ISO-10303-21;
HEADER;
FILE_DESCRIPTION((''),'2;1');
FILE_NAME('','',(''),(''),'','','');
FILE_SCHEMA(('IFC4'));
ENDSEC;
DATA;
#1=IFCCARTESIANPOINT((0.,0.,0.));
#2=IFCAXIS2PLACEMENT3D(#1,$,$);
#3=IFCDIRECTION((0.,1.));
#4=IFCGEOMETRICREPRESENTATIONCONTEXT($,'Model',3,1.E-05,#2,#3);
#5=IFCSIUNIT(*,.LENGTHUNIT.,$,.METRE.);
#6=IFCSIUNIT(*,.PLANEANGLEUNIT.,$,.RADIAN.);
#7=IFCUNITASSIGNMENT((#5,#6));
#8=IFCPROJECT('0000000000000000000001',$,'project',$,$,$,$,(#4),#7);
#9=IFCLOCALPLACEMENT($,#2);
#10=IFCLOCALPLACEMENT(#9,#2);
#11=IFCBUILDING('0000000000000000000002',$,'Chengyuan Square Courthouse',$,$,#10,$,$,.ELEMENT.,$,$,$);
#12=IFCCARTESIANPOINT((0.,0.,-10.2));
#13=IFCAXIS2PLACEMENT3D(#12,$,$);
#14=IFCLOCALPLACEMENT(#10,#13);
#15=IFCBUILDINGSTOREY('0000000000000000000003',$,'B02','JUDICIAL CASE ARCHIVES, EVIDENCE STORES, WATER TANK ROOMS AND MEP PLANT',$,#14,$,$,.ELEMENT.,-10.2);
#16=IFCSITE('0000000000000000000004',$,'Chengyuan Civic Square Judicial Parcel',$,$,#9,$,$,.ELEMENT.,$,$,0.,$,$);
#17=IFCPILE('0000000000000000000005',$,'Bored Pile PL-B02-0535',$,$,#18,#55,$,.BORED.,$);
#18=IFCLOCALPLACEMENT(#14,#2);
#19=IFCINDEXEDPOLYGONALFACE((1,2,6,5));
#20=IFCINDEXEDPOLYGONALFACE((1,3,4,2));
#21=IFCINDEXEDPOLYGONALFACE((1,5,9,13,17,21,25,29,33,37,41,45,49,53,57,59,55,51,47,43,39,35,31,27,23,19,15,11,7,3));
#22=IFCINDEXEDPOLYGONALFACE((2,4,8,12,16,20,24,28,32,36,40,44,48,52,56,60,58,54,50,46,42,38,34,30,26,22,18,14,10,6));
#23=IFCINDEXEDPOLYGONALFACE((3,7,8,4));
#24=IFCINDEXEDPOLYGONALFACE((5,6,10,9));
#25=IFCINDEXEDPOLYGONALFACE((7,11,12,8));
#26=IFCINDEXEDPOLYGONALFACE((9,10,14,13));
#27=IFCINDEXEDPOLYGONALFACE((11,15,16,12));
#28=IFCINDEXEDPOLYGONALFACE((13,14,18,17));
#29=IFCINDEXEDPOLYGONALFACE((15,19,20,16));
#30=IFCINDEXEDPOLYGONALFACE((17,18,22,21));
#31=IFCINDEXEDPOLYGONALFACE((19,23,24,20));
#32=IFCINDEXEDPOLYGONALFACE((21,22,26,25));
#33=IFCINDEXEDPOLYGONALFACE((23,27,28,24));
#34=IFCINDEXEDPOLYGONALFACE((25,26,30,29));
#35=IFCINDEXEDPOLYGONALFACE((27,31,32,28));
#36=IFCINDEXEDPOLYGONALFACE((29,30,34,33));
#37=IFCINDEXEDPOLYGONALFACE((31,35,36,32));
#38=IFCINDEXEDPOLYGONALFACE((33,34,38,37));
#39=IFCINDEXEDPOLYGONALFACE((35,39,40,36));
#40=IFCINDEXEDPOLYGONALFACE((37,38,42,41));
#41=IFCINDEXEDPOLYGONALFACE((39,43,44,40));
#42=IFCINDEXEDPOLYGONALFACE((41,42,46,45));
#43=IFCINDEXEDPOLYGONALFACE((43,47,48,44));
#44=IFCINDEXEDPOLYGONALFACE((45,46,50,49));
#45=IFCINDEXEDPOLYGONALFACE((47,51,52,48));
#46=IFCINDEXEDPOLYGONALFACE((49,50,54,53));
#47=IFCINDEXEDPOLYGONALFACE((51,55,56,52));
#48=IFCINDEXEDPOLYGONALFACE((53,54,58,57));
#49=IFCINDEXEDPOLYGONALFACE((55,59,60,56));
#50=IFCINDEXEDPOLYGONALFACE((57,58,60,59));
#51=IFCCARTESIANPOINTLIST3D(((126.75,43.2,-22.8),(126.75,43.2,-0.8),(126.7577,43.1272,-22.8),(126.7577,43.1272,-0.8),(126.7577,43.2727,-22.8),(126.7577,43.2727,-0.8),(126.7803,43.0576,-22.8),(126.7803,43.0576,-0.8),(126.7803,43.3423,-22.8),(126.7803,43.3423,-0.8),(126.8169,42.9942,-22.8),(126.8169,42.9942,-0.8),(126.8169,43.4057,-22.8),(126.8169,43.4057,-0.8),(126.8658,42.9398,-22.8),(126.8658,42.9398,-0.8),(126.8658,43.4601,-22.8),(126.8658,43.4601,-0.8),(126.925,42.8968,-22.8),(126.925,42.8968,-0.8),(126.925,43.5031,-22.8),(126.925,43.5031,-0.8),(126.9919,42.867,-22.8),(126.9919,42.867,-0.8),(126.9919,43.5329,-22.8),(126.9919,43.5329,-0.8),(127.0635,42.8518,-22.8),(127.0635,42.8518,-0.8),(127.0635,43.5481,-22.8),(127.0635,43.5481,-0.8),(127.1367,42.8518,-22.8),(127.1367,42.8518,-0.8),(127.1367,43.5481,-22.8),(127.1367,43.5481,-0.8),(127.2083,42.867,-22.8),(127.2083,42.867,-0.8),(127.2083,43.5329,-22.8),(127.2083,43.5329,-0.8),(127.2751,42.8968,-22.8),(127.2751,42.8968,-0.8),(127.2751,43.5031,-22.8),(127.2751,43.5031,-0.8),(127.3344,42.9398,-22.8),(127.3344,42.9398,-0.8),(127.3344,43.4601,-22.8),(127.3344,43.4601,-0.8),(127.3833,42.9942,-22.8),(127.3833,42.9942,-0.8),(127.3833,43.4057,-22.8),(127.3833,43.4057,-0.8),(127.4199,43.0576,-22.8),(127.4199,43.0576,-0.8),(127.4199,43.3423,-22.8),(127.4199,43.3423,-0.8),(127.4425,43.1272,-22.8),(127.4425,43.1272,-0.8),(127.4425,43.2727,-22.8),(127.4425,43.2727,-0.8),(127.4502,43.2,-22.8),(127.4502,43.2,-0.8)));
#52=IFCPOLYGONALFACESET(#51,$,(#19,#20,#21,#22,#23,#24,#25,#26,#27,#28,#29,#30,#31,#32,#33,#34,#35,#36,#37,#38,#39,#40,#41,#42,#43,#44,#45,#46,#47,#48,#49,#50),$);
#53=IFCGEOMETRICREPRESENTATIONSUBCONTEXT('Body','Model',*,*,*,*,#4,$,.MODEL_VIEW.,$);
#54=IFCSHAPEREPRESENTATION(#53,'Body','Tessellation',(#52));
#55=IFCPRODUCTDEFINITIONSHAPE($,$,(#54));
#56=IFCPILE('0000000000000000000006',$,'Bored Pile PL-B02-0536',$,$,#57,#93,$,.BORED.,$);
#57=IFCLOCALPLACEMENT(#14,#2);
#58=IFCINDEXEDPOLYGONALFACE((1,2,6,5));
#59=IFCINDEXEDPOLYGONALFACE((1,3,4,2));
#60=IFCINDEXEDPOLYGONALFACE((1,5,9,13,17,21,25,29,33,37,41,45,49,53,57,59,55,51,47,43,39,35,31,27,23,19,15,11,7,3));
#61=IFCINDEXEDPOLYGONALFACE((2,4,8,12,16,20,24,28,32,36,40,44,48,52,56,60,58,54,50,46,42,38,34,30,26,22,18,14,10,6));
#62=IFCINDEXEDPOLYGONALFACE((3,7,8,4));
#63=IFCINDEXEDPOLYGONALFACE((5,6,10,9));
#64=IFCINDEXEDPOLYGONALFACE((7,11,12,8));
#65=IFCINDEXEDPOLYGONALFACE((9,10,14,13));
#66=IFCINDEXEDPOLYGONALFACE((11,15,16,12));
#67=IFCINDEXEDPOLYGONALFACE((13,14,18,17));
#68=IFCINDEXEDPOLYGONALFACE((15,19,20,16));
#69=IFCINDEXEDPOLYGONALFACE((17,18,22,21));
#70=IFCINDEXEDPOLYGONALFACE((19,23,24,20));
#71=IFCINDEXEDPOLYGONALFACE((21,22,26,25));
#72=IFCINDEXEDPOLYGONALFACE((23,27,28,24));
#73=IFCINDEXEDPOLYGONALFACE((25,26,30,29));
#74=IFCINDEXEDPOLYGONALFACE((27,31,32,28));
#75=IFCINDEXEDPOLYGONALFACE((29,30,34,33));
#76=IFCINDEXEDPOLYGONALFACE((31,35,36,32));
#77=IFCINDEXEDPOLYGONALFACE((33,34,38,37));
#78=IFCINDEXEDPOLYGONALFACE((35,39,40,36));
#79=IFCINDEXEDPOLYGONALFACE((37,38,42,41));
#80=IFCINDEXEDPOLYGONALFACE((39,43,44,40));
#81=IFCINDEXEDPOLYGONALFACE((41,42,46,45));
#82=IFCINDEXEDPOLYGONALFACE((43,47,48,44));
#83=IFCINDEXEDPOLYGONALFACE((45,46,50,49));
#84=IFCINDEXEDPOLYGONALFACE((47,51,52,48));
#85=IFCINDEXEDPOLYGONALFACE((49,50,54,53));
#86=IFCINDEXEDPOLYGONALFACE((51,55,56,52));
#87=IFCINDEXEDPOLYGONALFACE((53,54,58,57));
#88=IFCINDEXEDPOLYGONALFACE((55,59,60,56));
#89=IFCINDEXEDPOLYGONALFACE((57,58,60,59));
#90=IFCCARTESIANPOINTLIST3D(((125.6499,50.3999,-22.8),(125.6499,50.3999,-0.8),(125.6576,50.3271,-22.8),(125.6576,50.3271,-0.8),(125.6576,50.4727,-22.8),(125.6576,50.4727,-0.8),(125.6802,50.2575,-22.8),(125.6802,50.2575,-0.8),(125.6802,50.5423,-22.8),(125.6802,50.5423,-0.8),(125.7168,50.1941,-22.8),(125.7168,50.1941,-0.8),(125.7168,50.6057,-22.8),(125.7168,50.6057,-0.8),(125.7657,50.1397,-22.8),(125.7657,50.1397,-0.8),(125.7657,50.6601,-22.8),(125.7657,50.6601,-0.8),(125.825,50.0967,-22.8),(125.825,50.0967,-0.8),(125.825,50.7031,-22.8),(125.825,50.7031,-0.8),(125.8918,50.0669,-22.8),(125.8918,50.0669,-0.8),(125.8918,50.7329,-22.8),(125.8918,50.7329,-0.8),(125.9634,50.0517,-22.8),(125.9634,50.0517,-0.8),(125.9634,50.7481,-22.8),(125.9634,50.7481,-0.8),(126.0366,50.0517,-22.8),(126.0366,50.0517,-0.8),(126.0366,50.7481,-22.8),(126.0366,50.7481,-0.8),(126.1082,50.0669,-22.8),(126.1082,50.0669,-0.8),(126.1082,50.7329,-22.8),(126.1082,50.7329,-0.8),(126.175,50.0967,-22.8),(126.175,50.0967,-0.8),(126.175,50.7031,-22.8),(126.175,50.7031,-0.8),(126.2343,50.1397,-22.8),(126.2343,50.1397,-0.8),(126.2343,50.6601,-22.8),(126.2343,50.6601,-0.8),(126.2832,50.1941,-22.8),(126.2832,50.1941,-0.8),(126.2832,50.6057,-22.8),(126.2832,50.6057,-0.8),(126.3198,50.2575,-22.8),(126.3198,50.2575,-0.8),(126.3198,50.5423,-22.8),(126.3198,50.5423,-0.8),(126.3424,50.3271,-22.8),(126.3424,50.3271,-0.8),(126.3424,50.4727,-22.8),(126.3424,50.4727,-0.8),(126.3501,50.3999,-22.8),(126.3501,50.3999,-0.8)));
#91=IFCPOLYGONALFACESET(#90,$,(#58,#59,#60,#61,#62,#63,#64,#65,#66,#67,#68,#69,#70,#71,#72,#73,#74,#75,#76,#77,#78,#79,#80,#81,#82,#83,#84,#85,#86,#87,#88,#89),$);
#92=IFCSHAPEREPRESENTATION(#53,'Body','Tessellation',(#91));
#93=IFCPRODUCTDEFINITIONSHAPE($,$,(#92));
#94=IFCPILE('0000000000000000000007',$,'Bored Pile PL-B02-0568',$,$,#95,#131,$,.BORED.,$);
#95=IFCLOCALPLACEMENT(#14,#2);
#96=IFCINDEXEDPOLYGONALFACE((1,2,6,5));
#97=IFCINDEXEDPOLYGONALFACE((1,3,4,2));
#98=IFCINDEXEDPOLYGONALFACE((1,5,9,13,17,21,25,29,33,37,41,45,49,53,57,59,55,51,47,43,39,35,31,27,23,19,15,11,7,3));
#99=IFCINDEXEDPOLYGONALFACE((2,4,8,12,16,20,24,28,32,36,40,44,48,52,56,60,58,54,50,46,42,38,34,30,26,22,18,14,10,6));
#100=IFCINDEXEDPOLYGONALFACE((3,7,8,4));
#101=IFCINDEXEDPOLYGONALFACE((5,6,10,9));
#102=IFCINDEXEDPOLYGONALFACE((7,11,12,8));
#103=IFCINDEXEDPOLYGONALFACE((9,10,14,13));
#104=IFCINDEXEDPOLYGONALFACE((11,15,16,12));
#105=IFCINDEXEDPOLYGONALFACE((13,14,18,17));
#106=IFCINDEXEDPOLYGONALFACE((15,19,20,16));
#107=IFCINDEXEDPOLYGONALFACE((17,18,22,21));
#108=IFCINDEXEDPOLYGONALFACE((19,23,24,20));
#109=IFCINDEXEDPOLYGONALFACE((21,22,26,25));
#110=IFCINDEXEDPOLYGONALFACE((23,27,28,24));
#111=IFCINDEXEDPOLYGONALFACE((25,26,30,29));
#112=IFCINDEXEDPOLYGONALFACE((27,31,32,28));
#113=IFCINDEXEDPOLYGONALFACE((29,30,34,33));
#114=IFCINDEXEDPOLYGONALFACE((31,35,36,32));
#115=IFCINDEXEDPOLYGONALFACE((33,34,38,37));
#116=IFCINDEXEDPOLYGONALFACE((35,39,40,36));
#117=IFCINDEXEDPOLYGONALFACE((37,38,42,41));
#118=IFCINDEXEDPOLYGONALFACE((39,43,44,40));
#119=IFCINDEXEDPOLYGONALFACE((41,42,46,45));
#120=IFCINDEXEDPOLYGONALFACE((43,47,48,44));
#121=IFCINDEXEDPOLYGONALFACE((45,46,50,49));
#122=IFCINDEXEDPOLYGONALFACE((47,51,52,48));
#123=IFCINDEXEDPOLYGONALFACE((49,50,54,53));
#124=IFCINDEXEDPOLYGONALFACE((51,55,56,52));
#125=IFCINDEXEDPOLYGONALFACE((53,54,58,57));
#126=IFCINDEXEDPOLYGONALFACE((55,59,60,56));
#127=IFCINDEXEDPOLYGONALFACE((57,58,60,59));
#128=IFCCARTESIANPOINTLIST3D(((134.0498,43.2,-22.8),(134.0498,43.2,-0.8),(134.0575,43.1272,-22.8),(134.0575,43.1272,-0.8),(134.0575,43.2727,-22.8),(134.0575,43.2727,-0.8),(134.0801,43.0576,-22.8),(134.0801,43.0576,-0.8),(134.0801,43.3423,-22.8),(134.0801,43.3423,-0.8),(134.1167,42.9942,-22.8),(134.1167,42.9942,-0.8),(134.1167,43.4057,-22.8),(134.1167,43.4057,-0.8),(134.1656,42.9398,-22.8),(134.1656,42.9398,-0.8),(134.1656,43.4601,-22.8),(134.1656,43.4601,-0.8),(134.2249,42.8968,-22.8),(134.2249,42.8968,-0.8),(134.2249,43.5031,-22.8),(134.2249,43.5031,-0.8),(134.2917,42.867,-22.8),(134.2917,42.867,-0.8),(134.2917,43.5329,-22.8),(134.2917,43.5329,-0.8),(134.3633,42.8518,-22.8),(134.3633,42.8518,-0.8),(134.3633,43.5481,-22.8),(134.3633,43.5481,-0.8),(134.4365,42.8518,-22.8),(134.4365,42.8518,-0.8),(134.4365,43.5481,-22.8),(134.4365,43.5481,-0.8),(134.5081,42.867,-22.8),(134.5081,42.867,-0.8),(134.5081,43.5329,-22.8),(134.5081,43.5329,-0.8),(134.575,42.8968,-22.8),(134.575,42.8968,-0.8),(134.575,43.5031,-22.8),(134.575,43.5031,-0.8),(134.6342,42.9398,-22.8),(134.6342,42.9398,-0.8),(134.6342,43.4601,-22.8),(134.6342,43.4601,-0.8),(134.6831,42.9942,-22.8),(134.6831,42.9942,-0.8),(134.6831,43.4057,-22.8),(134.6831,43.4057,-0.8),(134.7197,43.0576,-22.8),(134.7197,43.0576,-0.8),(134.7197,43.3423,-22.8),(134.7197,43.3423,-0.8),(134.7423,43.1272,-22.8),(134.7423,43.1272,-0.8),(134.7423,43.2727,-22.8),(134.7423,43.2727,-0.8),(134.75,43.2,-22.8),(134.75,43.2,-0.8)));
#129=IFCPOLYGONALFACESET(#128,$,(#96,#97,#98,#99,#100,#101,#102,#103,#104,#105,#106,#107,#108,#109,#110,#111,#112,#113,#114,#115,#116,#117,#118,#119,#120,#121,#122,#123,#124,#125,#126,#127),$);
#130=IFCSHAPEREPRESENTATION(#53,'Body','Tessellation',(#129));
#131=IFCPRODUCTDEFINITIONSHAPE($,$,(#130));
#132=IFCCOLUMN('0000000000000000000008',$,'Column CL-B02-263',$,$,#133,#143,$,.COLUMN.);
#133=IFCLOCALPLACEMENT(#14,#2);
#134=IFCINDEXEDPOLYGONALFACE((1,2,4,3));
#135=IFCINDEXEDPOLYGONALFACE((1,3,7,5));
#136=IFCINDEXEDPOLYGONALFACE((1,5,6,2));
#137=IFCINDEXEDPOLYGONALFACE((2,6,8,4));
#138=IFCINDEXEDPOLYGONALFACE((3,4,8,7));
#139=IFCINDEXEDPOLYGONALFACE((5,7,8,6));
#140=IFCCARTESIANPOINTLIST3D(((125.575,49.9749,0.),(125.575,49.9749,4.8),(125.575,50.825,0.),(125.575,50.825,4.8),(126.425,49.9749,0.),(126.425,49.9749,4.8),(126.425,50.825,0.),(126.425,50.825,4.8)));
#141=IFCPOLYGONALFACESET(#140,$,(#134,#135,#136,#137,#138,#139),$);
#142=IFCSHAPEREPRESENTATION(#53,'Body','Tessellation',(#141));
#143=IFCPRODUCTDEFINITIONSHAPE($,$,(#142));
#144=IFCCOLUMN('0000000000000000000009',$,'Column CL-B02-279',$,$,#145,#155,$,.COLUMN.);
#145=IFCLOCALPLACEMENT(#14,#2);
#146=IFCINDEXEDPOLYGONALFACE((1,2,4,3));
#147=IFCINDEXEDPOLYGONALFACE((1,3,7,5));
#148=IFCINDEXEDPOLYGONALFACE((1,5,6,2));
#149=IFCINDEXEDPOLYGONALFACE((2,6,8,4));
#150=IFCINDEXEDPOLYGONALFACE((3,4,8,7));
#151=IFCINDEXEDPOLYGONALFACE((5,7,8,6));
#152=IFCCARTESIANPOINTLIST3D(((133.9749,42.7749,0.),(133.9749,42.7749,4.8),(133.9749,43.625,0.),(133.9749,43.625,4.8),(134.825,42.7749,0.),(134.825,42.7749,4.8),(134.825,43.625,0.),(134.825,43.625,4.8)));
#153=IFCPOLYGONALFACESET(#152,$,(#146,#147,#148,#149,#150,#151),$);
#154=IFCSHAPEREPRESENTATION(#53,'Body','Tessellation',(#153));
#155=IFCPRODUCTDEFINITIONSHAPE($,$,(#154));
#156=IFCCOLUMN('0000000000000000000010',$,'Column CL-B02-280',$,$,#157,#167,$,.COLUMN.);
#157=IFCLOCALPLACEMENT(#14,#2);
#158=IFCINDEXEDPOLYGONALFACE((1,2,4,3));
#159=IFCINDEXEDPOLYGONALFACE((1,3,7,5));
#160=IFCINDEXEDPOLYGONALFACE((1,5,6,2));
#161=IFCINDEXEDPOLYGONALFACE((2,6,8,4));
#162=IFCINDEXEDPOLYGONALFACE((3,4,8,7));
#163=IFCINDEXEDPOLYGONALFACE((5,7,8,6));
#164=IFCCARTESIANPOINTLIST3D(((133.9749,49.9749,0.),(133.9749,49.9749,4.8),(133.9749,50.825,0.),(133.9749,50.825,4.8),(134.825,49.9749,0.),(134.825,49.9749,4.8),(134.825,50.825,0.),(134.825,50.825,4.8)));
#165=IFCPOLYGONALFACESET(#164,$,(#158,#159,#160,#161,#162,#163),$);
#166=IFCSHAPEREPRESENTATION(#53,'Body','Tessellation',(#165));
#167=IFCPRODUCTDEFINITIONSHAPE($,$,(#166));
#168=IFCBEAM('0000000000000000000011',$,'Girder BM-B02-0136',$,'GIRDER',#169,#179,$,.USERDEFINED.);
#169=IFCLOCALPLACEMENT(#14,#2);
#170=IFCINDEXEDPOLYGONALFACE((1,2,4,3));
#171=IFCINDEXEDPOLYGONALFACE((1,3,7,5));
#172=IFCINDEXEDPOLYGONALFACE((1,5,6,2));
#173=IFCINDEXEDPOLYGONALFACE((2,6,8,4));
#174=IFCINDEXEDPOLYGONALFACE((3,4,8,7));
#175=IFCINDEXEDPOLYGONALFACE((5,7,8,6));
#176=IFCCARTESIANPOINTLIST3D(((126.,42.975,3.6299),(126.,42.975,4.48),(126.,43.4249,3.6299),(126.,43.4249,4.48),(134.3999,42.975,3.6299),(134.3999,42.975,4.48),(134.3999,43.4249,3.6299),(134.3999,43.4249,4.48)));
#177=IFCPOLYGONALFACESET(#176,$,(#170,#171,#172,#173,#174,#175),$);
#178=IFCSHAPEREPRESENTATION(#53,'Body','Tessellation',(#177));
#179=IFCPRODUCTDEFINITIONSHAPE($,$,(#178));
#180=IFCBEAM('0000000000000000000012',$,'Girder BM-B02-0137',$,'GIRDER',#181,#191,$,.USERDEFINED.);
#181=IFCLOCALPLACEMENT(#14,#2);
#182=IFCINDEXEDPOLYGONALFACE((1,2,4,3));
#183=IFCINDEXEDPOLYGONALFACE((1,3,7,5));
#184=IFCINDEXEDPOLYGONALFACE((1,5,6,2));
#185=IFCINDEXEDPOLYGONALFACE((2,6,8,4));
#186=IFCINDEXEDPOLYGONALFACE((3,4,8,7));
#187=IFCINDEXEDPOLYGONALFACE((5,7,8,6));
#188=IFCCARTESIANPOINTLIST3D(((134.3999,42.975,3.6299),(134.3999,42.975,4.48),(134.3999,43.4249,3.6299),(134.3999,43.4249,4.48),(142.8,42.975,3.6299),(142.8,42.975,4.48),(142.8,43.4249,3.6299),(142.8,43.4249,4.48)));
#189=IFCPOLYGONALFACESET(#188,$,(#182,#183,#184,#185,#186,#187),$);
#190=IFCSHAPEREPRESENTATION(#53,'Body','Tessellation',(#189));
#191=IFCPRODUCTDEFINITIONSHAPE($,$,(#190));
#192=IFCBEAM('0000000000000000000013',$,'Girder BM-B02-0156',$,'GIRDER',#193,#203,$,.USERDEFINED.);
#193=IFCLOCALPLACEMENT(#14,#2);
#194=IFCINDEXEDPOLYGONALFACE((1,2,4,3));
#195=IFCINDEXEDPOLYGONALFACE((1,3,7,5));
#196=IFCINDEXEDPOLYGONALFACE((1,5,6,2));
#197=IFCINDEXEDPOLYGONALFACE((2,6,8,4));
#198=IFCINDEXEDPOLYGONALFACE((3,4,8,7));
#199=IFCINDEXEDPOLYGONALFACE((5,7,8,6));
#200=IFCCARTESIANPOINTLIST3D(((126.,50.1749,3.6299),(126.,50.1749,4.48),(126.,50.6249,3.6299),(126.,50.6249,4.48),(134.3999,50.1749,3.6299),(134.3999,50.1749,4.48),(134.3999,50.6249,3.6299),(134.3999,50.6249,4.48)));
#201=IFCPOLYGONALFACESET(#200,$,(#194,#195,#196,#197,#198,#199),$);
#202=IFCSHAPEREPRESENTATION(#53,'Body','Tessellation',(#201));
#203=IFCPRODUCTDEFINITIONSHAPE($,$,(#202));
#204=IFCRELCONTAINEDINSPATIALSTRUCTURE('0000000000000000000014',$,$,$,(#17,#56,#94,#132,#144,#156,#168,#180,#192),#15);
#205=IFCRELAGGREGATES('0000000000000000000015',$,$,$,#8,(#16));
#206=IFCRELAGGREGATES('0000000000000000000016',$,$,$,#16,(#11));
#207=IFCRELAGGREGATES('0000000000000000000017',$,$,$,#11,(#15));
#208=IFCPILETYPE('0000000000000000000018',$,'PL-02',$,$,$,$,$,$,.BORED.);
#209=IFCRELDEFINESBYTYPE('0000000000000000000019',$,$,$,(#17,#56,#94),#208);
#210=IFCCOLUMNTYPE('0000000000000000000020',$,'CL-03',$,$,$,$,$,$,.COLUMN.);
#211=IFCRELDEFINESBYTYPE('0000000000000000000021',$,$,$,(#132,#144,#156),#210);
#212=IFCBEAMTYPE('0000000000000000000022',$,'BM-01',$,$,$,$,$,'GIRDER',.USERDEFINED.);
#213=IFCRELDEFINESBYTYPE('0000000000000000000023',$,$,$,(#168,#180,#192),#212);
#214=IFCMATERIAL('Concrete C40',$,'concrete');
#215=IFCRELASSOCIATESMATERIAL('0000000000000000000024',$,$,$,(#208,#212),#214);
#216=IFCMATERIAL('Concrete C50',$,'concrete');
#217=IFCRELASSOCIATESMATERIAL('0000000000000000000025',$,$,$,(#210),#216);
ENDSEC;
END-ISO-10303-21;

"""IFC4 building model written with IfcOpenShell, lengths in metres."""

from ifc_helpers import new_model, si_unit, direction, frame, origin, origin_2d, place, context, subcontext, project, spatial, rectangle, circle, extrude, material, material_profile, profile_set, type_object, element, save


model = new_model("IFC4")

# Units and contexts
model_context = context("Model", 3, precision=1e-05, world=origin(), true_north=direction((0.0, 1.0)))
body_context = subcontext(model_context, "Body", "Model", "MODEL_VIEW")
ifc_project = project(units=[si_unit("LENGTHUNIT", "METRE"), si_unit("PLANEANGLEUNIT", "RADIAN")], contexts=[model_context])

# Site, building, storey
site_placement = place(None, origin())
site = spatial("IfcSite", under=ifc_project, at=site_placement, Name="Chengyuan Civic Square Judicial Parcel", CompositionType="ELEMENT", RefElevation=0.0)
building_placement = place(site_placement, origin())
building = spatial("IfcBuilding", under=site, at=building_placement, Name="Chengyuan Square Courthouse", CompositionType="ELEMENT")
storey_placement = place(building_placement, frame((0.0, 0.0, -10.2)))
storey = spatial("IfcBuildingStorey", under=building, at=storey_placement, Name="B02", Description="JUDICIAL CASE ARCHIVES, EVIDENCE STORES, WATER TANK ROOMS AND MEP PLANT", CompositionType="ELEMENT", Elevation=-10.2)

# Shared definitions
ifc_material_1 = material(Name="Concrete C40", Category="concrete")

# Piles
ifc_material_profile_1 = material_profile(ifc_material_1, circle(Radius=0.3501, at=origin_2d()), Name="BORED PILE D700")
ifc_profile_set_1 = profile_set([ifc_material_profile_1], Name="Concrete C40")
pile_type_1 = type_object("IfcPileType", Name="PL-02", PredefinedType="BORED", material=ifc_profile_set_1)
for number, where, z_axis, x_axis, name in (
    (1, (127.1001, 43.2, -0.8), (0.0, 0.0, -1.0), (1.0, 0.0, 0.0), "Bored Pile PL-B02-0535"),
    (2, (126.0, 50.3999, -0.8), (0.0, 0.0, -1.0), (1.0, 0.0, 0.0), "Bored Pile PL-B02-0536"),
    (3, (134.3999, 43.2, -0.8), (0.0, 0.0, -1.0), (1.0, 0.0, 0.0), "Bored Pile PL-B02-0568"),
):
    element("IfcPile", number, at=place(storey_placement, frame(where, z_axis=z_axis, x_axis=x_axis)), inside=storey, type_object=pile_type_1, Name=name, PredefinedType="BORED", context=body_context, shape_type="SweptSolid", body=[
        extrude(circle(Radius=0.3501, at=origin_2d()), origin(), (0.0, 0.0, 1.0), 22.0),
    ])

# Columns
ifc_material_2 = material(Name="Concrete C50", Category="concrete")
ifc_material_profile_2 = material_profile(ifc_material_2, rectangle(XDim=0.8501, YDim=0.8501, at=origin_2d()), Name="RC-COL-850x850")
ifc_profile_set_2 = profile_set([ifc_material_profile_2], Name="Concrete C50")
column_type = type_object("IfcColumnType", Name="CL-03", PredefinedType="COLUMN", material=ifc_profile_set_2)
for number, where, z_axis, x_axis, name in (
    (4, (126.0, 50.3999, 0.0), (0.0, 0.0, 1.0), (1.0, 0.0, 0.0), "Column CL-B02-263"),
    (5, (134.3999, 43.2, 0.0), (0.0, 0.0, 1.0), (1.0, 0.0, 0.0), "Column CL-B02-279"),
    (6, (134.3999, 50.3999, 0.0), (0.0, 0.0, 1.0), (1.0, 0.0, 0.0), "Column CL-B02-280"),
):
    element("IfcColumn", number, at=place(storey_placement, frame(where, z_axis=z_axis, x_axis=x_axis)), inside=storey, type_object=column_type, Name=name, PredefinedType="COLUMN", context=body_context, shape_type="SweptSolid", body=[
        extrude(rectangle(XDim=0.8501, YDim=0.8501, at=origin_2d()), origin(), (0.0, 0.0, 1.0), 4.8),
    ])

# Beams
ifc_material_profile_3 = material_profile(ifc_material_1, rectangle(XDim=0.45, YDim=0.8501, at=origin_2d()), Name="RC-BM-450x850")
ifc_profile_set_3 = profile_set([ifc_material_profile_3], Name="Concrete C40")
beam_type_1 = type_object("IfcBeamType", Name="BM-01", ElementType="GIRDER", PredefinedType="USERDEFINED", material=ifc_profile_set_3)
beam_1_placement = place(storey_placement, frame((126.0, 43.2, 4.0549), z_axis=(1.0, 0.0, 0.0), x_axis=(0.0, 1.0, 0.0)))
element("IfcBeam", 7, at=beam_1_placement, inside=storey, type_object=beam_type_1, Name="Girder BM-B02-0136", ObjectType="GIRDER", PredefinedType="USERDEFINED", context=body_context, shape_type="SweptSolid", body=[
    extrude(rectangle(XDim=0.45, YDim=0.8501, at=origin_2d()), origin(), (0.0, 0.0, 1.0), 8.3999),
])
beam_2_placement = place(storey_placement, frame((134.3999, 43.2, 4.0549), z_axis=(1.0, 0.0, 0.0), x_axis=(0.0, 1.0, 0.0)))
element("IfcBeam", 8, at=beam_2_placement, inside=storey, type_object=beam_type_1, Name="Girder BM-B02-0137", ObjectType="GIRDER", PredefinedType="USERDEFINED", context=body_context, shape_type="SweptSolid", body=[
    extrude(rectangle(XDim=0.45, YDim=0.8501, at=origin_2d()), origin(), (0.0, 0.0, 1.0), 8.4001),
])
beam_3_placement = place(storey_placement, frame((126.0, 50.3999, 4.0549), z_axis=(1.0, 0.0, 0.0), x_axis=(0.0, 1.0, 0.0)))
element("IfcBeam", 9, at=beam_3_placement, inside=storey, type_object=beam_type_1, Name="Girder BM-B02-0156", ObjectType="GIRDER", PredefinedType="USERDEFINED", context=body_context, shape_type="SweptSolid", body=[
    extrude(rectangle(XDim=0.45, YDim=0.8501, at=origin_2d()), origin(), (0.0, 0.0, 1.0), 8.3999),
])

save(model, "model.ifc")
